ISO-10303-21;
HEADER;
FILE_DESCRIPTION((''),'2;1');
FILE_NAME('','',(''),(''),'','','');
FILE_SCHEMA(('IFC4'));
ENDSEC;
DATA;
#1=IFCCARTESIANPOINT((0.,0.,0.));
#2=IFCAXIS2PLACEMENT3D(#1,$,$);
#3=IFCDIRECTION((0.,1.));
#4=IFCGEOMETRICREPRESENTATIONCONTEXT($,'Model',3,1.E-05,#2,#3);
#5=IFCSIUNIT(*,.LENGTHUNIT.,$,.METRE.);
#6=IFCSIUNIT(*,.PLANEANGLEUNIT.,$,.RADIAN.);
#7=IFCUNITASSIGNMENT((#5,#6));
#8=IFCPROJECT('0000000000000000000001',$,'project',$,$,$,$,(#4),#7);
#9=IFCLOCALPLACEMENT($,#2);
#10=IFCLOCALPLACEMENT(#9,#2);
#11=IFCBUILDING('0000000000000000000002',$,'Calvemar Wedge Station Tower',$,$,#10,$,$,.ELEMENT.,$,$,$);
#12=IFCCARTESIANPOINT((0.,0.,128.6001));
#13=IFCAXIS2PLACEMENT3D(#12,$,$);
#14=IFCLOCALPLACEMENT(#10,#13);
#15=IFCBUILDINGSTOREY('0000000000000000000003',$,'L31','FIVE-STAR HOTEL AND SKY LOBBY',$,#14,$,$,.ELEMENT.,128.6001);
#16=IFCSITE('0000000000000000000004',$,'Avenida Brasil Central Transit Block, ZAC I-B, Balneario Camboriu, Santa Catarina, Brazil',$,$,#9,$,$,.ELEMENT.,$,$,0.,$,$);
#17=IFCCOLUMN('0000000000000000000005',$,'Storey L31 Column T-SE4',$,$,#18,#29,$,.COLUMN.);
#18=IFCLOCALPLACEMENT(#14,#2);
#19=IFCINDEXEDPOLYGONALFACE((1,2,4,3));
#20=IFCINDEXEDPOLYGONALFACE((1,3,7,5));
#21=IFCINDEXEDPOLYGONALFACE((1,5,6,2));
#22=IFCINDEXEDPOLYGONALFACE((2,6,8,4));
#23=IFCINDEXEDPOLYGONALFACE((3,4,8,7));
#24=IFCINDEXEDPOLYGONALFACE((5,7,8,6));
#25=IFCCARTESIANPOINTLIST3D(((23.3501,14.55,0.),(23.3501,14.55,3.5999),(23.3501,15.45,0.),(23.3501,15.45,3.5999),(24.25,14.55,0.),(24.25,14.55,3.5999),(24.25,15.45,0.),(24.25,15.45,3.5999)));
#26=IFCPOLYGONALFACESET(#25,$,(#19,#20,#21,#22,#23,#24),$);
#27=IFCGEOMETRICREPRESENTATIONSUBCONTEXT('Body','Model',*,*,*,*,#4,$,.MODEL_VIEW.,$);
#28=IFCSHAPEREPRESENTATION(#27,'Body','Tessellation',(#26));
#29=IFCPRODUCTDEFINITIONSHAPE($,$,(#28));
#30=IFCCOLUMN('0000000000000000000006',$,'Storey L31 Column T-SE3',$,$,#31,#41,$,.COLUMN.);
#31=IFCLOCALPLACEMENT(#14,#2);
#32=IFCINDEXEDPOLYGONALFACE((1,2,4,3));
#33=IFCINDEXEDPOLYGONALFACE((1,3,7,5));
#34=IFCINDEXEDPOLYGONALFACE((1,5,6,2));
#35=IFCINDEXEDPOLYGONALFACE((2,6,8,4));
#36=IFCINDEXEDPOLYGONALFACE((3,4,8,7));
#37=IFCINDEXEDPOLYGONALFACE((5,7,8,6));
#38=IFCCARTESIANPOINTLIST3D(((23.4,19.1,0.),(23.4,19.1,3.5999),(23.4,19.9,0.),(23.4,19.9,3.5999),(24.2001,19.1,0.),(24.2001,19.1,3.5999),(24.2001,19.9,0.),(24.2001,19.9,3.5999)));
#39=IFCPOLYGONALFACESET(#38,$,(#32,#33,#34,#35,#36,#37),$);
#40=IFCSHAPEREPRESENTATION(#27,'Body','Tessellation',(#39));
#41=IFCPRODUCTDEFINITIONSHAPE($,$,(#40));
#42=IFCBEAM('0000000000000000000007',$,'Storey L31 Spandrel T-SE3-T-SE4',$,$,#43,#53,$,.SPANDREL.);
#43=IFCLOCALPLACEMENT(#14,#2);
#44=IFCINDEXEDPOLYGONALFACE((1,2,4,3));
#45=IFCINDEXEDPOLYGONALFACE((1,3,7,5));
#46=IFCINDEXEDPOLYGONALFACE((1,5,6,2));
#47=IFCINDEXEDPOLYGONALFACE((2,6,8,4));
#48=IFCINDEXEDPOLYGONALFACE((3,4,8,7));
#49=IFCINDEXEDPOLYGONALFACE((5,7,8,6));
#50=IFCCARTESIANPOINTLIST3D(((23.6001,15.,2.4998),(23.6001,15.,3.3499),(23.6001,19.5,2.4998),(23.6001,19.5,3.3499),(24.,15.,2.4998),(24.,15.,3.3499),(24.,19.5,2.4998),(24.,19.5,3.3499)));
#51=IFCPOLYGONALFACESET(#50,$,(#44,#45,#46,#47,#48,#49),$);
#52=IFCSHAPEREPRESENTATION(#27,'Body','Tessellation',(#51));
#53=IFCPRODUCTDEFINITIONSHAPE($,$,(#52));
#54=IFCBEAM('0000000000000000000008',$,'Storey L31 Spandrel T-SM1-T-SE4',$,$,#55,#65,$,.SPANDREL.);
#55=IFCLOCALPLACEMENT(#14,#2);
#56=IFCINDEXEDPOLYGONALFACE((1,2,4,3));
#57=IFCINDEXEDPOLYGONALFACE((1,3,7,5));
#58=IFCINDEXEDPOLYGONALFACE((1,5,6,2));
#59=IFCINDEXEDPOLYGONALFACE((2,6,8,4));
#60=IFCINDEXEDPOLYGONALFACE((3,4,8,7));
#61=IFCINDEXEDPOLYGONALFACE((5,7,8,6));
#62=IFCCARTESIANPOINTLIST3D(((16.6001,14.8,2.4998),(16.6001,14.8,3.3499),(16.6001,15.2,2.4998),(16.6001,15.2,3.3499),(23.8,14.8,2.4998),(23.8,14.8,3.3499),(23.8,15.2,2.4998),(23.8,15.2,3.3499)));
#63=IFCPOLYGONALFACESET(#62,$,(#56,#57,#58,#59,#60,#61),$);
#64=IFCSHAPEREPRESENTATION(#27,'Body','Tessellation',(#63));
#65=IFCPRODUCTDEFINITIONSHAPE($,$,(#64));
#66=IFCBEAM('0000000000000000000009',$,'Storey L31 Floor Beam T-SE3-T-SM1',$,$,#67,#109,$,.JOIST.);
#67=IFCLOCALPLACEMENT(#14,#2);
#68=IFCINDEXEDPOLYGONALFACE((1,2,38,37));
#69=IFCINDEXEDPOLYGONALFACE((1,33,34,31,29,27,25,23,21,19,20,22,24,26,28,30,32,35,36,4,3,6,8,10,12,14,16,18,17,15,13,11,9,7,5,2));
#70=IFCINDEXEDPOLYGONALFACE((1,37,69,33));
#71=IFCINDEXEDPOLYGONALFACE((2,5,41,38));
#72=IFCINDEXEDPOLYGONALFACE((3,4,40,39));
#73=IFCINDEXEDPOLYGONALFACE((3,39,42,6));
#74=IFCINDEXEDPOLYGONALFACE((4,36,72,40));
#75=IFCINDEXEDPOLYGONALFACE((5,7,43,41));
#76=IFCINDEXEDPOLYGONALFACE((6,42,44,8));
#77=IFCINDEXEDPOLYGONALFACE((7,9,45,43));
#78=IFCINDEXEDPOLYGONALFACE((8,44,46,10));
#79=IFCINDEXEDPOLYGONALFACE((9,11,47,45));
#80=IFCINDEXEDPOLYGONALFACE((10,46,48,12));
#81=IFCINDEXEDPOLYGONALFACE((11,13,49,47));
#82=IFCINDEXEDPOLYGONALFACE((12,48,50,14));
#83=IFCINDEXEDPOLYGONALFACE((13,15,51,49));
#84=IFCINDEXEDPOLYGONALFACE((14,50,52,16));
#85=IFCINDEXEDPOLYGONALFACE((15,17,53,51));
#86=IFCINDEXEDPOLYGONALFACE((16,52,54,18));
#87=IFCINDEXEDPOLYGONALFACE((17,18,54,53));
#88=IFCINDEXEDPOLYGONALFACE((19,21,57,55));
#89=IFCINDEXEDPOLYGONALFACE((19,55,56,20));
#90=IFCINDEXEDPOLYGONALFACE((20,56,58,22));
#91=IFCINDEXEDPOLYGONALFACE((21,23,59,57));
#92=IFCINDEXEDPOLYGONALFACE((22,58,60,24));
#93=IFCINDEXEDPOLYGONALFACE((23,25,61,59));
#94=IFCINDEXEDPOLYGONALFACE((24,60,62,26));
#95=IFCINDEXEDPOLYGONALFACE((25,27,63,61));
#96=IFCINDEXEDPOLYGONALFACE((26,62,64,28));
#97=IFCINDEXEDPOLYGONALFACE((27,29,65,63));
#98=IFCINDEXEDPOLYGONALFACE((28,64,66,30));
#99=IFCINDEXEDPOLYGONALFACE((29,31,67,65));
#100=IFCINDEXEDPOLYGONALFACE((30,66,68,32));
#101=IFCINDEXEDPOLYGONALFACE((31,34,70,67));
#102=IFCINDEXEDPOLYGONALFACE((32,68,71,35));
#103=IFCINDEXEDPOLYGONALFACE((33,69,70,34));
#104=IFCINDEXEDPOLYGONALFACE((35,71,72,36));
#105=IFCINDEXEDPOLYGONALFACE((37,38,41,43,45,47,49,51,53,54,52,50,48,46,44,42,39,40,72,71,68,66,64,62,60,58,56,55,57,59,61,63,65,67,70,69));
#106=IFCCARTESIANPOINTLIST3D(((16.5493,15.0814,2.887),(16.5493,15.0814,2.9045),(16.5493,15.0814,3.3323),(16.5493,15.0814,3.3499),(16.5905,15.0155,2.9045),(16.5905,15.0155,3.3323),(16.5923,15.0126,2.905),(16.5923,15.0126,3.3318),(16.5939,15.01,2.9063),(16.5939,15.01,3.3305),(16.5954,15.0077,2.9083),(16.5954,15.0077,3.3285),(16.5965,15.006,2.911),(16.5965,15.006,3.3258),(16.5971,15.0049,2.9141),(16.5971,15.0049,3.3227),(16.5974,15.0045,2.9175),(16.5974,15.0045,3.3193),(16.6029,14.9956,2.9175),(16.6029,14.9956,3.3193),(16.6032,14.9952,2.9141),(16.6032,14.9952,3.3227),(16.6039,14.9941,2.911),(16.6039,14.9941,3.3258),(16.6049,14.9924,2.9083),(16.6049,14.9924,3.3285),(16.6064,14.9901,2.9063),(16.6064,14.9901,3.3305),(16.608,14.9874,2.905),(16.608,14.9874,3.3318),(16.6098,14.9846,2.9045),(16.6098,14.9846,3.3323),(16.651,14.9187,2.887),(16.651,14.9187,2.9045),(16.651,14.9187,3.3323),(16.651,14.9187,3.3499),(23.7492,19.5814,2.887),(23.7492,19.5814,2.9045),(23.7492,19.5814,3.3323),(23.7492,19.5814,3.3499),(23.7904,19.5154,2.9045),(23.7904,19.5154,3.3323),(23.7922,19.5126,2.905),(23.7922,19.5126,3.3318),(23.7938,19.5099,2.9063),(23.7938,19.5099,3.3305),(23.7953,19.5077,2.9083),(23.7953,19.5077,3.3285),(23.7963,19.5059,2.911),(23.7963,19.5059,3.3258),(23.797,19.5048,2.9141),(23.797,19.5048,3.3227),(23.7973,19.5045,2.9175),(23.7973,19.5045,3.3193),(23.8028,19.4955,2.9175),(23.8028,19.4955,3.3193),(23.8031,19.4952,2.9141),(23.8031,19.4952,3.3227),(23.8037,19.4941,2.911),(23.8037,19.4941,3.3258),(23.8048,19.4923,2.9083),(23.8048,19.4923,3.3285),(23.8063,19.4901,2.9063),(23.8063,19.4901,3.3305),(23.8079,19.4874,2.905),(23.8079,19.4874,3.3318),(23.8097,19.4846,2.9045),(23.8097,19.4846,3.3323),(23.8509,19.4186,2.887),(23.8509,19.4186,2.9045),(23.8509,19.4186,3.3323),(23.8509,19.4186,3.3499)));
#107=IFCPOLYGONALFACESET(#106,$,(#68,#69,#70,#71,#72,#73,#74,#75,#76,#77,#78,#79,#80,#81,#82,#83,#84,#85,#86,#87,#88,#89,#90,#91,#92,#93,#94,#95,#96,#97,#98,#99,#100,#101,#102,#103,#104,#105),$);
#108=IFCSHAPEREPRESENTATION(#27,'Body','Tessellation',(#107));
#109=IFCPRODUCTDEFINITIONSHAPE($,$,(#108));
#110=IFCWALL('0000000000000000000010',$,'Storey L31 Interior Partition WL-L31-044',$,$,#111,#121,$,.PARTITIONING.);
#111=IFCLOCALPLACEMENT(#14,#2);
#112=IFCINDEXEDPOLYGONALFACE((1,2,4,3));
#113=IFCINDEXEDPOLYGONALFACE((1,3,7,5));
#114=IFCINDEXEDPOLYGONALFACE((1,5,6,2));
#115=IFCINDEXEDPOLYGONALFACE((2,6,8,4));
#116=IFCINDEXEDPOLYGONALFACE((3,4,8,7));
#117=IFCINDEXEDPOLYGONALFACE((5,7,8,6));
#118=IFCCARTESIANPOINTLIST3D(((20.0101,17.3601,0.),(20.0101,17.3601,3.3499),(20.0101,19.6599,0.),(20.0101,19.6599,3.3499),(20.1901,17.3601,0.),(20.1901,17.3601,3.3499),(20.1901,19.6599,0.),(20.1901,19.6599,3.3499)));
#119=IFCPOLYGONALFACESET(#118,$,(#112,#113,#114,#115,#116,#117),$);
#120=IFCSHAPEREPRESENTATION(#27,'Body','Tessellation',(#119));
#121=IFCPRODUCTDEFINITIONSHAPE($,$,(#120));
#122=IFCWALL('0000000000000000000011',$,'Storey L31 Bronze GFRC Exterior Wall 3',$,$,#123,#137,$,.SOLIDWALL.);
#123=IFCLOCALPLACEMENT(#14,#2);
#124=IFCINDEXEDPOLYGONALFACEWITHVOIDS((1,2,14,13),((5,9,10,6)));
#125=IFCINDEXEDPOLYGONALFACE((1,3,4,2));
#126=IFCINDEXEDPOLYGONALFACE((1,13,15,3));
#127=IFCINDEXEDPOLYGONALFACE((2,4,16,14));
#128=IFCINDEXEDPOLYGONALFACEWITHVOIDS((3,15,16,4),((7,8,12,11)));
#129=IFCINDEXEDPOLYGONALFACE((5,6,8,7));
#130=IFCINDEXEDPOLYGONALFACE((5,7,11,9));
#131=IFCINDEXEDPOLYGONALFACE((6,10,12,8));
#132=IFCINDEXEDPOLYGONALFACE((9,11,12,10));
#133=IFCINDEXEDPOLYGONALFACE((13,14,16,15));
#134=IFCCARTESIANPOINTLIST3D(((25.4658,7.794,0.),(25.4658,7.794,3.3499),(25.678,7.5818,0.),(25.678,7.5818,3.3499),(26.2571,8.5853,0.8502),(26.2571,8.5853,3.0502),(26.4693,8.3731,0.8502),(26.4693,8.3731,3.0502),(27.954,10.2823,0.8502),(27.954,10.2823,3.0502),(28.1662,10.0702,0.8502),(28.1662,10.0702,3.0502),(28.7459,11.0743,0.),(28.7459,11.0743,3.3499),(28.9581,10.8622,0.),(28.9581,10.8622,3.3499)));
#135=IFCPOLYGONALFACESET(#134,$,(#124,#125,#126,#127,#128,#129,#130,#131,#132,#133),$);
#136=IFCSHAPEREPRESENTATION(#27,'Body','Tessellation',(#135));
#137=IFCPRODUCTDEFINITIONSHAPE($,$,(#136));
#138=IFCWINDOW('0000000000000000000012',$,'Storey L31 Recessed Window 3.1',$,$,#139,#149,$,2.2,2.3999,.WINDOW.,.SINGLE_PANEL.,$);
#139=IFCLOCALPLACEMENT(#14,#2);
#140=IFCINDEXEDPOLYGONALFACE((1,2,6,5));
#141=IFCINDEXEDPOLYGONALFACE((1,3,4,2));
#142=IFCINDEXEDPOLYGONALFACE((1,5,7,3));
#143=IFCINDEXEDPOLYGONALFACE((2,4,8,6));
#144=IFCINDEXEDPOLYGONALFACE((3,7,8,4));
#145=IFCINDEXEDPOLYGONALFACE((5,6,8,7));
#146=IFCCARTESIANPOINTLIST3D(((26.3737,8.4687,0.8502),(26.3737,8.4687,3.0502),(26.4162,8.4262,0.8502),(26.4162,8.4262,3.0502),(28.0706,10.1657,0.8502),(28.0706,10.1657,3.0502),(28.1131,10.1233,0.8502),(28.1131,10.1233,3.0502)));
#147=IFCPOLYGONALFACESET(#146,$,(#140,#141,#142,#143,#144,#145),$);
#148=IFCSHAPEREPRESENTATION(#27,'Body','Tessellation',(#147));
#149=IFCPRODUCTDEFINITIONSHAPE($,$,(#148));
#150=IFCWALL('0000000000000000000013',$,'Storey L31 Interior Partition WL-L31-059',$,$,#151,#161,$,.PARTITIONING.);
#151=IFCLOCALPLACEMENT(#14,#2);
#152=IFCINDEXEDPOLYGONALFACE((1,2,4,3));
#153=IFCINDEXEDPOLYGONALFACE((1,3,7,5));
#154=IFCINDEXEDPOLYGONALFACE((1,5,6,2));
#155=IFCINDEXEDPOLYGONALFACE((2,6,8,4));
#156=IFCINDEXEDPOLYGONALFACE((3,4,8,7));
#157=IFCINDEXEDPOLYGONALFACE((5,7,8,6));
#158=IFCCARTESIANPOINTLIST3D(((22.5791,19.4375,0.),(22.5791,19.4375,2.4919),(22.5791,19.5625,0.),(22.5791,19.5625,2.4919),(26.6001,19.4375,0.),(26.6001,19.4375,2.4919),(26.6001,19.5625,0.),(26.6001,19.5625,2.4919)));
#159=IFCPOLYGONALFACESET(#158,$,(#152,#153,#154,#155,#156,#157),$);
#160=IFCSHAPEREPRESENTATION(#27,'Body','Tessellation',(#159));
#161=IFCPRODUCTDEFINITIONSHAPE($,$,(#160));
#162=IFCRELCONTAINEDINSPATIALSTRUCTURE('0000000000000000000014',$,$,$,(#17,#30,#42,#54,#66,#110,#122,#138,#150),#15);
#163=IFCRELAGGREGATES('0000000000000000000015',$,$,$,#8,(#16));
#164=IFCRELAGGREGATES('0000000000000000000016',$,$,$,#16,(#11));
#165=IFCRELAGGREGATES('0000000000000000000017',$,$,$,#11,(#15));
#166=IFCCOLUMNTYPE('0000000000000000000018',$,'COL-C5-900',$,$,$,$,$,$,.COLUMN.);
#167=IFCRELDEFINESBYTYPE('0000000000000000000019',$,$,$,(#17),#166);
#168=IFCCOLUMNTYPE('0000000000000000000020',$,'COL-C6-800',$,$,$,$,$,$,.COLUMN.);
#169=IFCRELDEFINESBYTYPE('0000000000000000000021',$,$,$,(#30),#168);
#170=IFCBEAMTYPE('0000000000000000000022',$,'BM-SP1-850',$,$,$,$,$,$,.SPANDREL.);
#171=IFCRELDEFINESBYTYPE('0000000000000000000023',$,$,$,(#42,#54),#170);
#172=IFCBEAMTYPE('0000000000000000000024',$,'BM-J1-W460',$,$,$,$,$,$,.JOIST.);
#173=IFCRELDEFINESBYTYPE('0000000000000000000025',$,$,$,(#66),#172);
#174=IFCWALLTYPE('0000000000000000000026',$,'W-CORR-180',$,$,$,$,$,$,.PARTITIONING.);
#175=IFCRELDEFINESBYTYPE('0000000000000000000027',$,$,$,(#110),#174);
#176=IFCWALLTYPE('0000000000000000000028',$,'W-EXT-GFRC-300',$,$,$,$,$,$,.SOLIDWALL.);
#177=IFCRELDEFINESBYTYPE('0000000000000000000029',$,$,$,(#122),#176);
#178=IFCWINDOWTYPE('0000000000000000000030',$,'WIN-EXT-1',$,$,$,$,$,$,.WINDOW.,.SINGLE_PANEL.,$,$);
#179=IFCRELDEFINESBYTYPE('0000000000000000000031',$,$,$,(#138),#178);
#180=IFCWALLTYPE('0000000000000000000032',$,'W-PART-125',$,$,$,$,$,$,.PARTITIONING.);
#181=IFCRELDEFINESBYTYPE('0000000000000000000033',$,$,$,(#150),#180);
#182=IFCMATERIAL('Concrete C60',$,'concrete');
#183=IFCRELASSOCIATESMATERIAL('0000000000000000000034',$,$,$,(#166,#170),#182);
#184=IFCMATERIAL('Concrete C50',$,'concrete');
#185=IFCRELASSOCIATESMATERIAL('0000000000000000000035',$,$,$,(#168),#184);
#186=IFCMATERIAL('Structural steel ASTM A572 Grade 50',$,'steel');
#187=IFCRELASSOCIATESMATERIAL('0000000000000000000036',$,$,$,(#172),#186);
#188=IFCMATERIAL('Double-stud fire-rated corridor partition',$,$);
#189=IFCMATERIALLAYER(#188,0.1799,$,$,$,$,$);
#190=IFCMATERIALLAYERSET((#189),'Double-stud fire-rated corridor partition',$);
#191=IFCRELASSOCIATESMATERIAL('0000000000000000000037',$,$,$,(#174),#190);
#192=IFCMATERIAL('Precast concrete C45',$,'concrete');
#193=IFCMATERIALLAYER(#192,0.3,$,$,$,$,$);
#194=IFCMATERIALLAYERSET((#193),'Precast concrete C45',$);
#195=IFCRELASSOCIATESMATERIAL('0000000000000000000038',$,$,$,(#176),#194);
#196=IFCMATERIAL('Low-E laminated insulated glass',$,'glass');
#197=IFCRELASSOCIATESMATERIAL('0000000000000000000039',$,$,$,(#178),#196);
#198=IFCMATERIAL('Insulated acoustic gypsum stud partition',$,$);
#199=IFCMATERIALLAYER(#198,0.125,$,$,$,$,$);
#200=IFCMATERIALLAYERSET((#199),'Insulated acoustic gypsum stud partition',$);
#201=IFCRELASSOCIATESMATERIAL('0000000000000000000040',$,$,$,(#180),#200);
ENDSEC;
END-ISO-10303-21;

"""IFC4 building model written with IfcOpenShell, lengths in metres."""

from ifc_helpers import new_model, si_unit, direction, frame, frame_2d, origin, origin_2d, place, context, subcontext, project, spatial, rectangle, i_section, extrude, source, transform, mapped, material, layer, layer_set, material_profile, profile_set, type_object, element, fill, save


model = new_model("IFC4")

# Units and contexts
model_context = context("Model", 3, precision=1e-05, world=origin(), true_north=direction((0.0, 1.0)))
body_context = subcontext(model_context, "Body", "Model", "MODEL_VIEW")
ifc_project = project(units=[si_unit("LENGTHUNIT", "METRE"), si_unit("PLANEANGLEUNIT", "RADIAN")], contexts=[model_context])

# Site, building, storey
site_placement = place(None, origin())
site = spatial("IfcSite", under=ifc_project, at=site_placement, Name="Avenida Brasil Central Transit Block, ZAC I-B, Balneario Camboriu, Santa Catarina, Brazil", CompositionType="ELEMENT", RefElevation=0.0)
building_placement = place(site_placement, origin())
building = spatial("IfcBuilding", under=site, at=building_placement, Name="Calvemar Wedge Station Tower", CompositionType="ELEMENT")
storey_placement = place(building_placement, frame((0.0, 0.0, 128.6001)))
storey = spatial("IfcBuildingStorey", under=building, at=storey_placement, Name="L31", Description="FIVE-STAR HOTEL AND SKY LOBBY", CompositionType="ELEMENT", Elevation=128.6001)

# Columns
ifc_material_1 = material(Name="Concrete C60", Category="concrete")
ifc_material_profile_1 = material_profile(ifc_material_1, rectangle(XDim=0.8999, YDim=0.8999, at=origin_2d()), Name="RC900x900")
ifc_profile_set_1 = profile_set([ifc_material_profile_1], Name="Concrete C60")
column_type_1 = type_object("IfcColumnType", Name="COL-C5-900", PredefinedType="COLUMN", material=ifc_profile_set_1)
shared_shape_1 = source(origin(), body_context, "Body", "SweptSolid", [
    extrude(rectangle(XDim=0.8999, YDim=0.8999, at=origin_2d()), origin(), (0.0, 0.0, 1.0), 3.5999),
])
column_1_placement = place(storey_placement, frame((23.8, 15.0, 0.0), z_axis=(0.0, 0.0, 1.0), x_axis=(1.0, 0.0, 0.0)))
element("IfcColumn", 1, at=column_1_placement, inside=storey, type_object=column_type_1, Name="Storey L31 Column T-SE4", PredefinedType="COLUMN", context=body_context, shape_type="MappedRepresentation", body=[
    mapped(shared_shape_1, transform((0.0, 0.0, 0.0), scale=1.0)),
])
ifc_material_2 = material(Name="Concrete C50", Category="concrete")
ifc_material_profile_2 = material_profile(ifc_material_2, rectangle(XDim=0.8, YDim=0.8, at=origin_2d()), Name="RC800x800")
ifc_profile_set_2 = profile_set([ifc_material_profile_2], Name="Concrete C50")
column_type_2 = type_object("IfcColumnType", Name="COL-C6-800", PredefinedType="COLUMN", material=ifc_profile_set_2)
shared_shape_2 = source(origin(), body_context, "Body", "SweptSolid", [
    extrude(rectangle(XDim=0.8, YDim=0.8, at=origin_2d()), origin(), (0.0, 0.0, 1.0), 3.5999),
])
column_2_placement = place(storey_placement, frame((23.8, 19.5, 0.0), z_axis=(0.0, 0.0, 1.0), x_axis=(1.0, 0.0, 0.0)))
element("IfcColumn", 2, at=column_2_placement, inside=storey, type_object=column_type_2, Name="Storey L31 Column T-SE3", PredefinedType="COLUMN", context=body_context, shape_type="MappedRepresentation", body=[
    mapped(shared_shape_2, transform((0.0, 0.0, 0.0), scale=1.0)),
])

# Beams
ifc_material_profile_3 = material_profile(ifc_material_1, rectangle(XDim=0.3999, YDim=0.8501, at=origin_2d()), Name="RC400x850")
ifc_profile_set_3 = profile_set([ifc_material_profile_3], Name="Concrete C60")
beam_type_1 = type_object("IfcBeamType", Name="BM-SP1-850", PredefinedType="SPANDREL", material=ifc_profile_set_3)
shared_shape_3 = source(origin(), body_context, "Body", "SweptSolid", [
    extrude(rectangle(XDim=0.3999, YDim=0.8501, at=origin_2d()), origin(), (0.0, 0.0, 1.0), 4.5),
])
beam_1_placement = place(storey_placement, frame((23.8, 19.5, 2.9248), z_axis=(0.0, -1.0, 0.0), x_axis=(1.0, 0.0, 0.0)))
element("IfcBeam", 3, at=beam_1_placement, inside=storey, type_object=beam_type_1, Name="Storey L31 Spandrel T-SE3-T-SE4", PredefinedType="SPANDREL", context=body_context, shape_type="MappedRepresentation", body=[
    mapped(shared_shape_3, transform((0.0, 0.0, 0.0), scale=1.0)),
])
shared_shape_4 = source(origin(), body_context, "Body", "SweptSolid", [
    extrude(rectangle(XDim=0.3999, YDim=0.8501, at=origin_2d()), origin(), (0.0, 0.0, 1.0), 7.2),
])
beam_2_placement = place(storey_placement, frame((16.6001, 15.0, 2.9248), z_axis=(1.0, 0.0, 0.0), x_axis=(0.0, 1.0, 0.0)))
element("IfcBeam", 4, at=beam_2_placement, inside=storey, type_object=beam_type_1, Name="Storey L31 Spandrel T-SM1-T-SE4", PredefinedType="SPANDREL", context=body_context, shape_type="MappedRepresentation", body=[
    mapped(shared_shape_4, transform((0.0, 0.0, 0.0), scale=1.0)),
])
ifc_material_3 = material(Name="Structural steel ASTM A572 Grade 50", Category="steel")
ifc_material_profile_4 = material_profile(ifc_material_3, i_section(OverallWidth=0.1919, OverallDepth=0.4629, WebThickness=0.0105, FlangeThickness=0.0176, FilletRadius=0.0129, at=origin_2d()), Name="W460x89")
ifc_profile_set_4 = profile_set([ifc_material_profile_4], Name="Structural steel ASTM A572 Grade 50")
beam_type_2 = type_object("IfcBeamType", Name="BM-J1-W460", PredefinedType="JOIST", material=ifc_profile_set_4)
shared_shape_5 = source(origin(), body_context, "Body", "SweptSolid", [
    extrude(i_section(OverallWidth=0.1919, OverallDepth=0.4629, WebThickness=0.0105, FlangeThickness=0.0176, FilletRadius=0.0129, at=origin_2d()), origin(), (0.0, 0.0, 1.0), 8.4905),
])
beam_3_placement = place(storey_placement, frame((23.8, 19.5, 3.1184), z_axis=(-0.847997, -0.530002, 0.0), x_axis=(0.530002, -0.847997, 0.0)))
element("IfcBeam", 5, at=beam_3_placement, inside=storey, type_object=beam_type_2, Name="Storey L31 Floor Beam T-SE3-T-SM1", PredefinedType="JOIST", context=body_context, shape_type="MappedRepresentation", body=[
    mapped(shared_shape_5, transform((0.0, 0.0, 0.0), scale=1.0)),
])

# Shared definitions
ifc_material_4 = material(Name="Double-stud fire-rated corridor partition")
ifc_layer_1 = layer(ifc_material_4, 0.1799)
ifc_layer_set_1 = layer_set([ifc_layer_1], Name="Double-stud fire-rated corridor partition")
wall_type_1 = type_object("IfcWallType", Name="W-CORR-180", PredefinedType="PARTITIONING", material=ifc_layer_set_1)

# Wall
wall_1_placement = place(storey_placement, frame((20.1001, 19.6599, 0.0), z_axis=(0.0, 0.0, 1.0), x_axis=(0.0, -1.0, 0.0)))
element("IfcWall", 6, at=wall_1_placement, inside=storey, type_object=wall_type_1, Name="Storey L31 Interior Partition WL-L31-044", PredefinedType="PARTITIONING", context=body_context, shape_type="SweptSolid", body=[
    extrude(rectangle(XDim=2.2998, YDim=0.1799, at=frame_2d((1.1499, 0.0))), origin(), (0.0, 0.0, 1.0), 3.3499),
])

# Wall, opening, window
ifc_material_5 = material(Name="Precast concrete C45", Category="concrete")
ifc_layer_2 = layer(ifc_material_5, 0.3)
ifc_layer_set_2 = layer_set([ifc_layer_2], Name="Precast concrete C45")
wall_type_2 = type_object("IfcWallType", Name="W-EXT-GFRC-300", PredefinedType="SOLIDWALL", material=ifc_layer_set_2)
wall_2_placement = place(storey_placement, frame((25.572, 7.688, 0.0), z_axis=(0.0, 0.0, 1.0), x_axis=(0.70708, 0.707133, 0.0)))
wall_2 = element("IfcWall", 7, at=wall_2_placement, inside=storey, type_object=wall_type_2, Name="Storey L31 Bronze GFRC Exterior Wall 3", PredefinedType="SOLIDWALL", context=body_context, shape_type="SweptSolid", body=[
    extrude(rectangle(XDim=4.6389, YDim=0.3, at=frame_2d((2.3193, 0.0))), origin(), (0.0, 0.0, 1.0), 3.3499),
])
shared_shape_6 = source(origin(), body_context, "Body", "SweptSolid", [
    extrude(rectangle(XDim=2.3999, YDim=2.2, at=frame_2d((1.2, 1.1001))), frame((0.0, 0.1602, 0.0), z_axis=(0.0, -1.0, 0.0), x_axis=(1.0, 0.0, 0.0)), (0.0, 0.0, 1.0), 0.3201),
])
opening_1_placement = place(wall_2_placement, frame((1.1189, 0.0, 0.8501)))
opening_1 = element("IfcOpeningElement", 8, at=opening_1_placement, cuts=wall_2, PredefinedType="OPENING", context=body_context, shape_type="MappedRepresentation", body=[
    mapped(shared_shape_6, transform((0.0, 0.0, 0.0), scale=1.0)),
])
ifc_material_6 = material(Name="Low-E laminated insulated glass", Category="glass")
window_type = type_object("IfcWindowType", Name="WIN-EXT-1", PartitioningType="SINGLE_PANEL", PredefinedType="WINDOW", material=ifc_material_6)
shared_shape_7 = source(origin(), body_context, "Body", "SweptSolid", [
    extrude(rectangle(XDim=2.3999, YDim=2.2, at=frame_2d((1.2, 1.1001))), frame((0.0, -0.0149, 0.0), z_axis=(0.0, -1.0, 0.0), x_axis=(1.0, 0.0, 0.0)), (0.0, 0.0, 1.0), 0.0601),
])
window_placement = place(opening_1_placement, origin())
window = element("IfcWindow", 9, at=window_placement, inside=storey, type_object=window_type, Name="Storey L31 Recessed Window 3.1", OverallHeight=2.2, OverallWidth=2.3999, PartitioningType="SINGLE_PANEL", PredefinedType="WINDOW", context=body_context, shape_type="MappedRepresentation", body=[
    mapped(shared_shape_7, transform((0.0, 0.0, 0.0), scale=1.0)),
])
fill(opening_1, window)

# Wall
ifc_material_7 = material(Name="Insulated acoustic gypsum stud partition")
ifc_layer_3 = layer(ifc_material_7, 0.125)
ifc_layer_set_3 = layer_set([ifc_layer_3], Name="Insulated acoustic gypsum stud partition")
wall_type_3 = type_object("IfcWallType", Name="W-PART-125", PredefinedType="PARTITIONING", material=ifc_layer_set_3)
wall_3_placement = place(storey_placement, frame((22.5791, 19.5, 0.0), z_axis=(0.0, 0.0, 1.0), x_axis=(1.0, 0.0, 0.0)))
element("IfcWall", 10, at=wall_3_placement, inside=storey, type_object=wall_type_3, Name="Storey L31 Interior Partition WL-L31-059", PredefinedType="PARTITIONING", context=body_context, shape_type="SweptSolid", body=[
    extrude(rectangle(XDim=4.021, YDim=0.125, at=frame_2d((2.0105, 0.0))), origin(), (0.0, 0.0, 1.0), 2.4919),
])

save(model, "model.ifc")
